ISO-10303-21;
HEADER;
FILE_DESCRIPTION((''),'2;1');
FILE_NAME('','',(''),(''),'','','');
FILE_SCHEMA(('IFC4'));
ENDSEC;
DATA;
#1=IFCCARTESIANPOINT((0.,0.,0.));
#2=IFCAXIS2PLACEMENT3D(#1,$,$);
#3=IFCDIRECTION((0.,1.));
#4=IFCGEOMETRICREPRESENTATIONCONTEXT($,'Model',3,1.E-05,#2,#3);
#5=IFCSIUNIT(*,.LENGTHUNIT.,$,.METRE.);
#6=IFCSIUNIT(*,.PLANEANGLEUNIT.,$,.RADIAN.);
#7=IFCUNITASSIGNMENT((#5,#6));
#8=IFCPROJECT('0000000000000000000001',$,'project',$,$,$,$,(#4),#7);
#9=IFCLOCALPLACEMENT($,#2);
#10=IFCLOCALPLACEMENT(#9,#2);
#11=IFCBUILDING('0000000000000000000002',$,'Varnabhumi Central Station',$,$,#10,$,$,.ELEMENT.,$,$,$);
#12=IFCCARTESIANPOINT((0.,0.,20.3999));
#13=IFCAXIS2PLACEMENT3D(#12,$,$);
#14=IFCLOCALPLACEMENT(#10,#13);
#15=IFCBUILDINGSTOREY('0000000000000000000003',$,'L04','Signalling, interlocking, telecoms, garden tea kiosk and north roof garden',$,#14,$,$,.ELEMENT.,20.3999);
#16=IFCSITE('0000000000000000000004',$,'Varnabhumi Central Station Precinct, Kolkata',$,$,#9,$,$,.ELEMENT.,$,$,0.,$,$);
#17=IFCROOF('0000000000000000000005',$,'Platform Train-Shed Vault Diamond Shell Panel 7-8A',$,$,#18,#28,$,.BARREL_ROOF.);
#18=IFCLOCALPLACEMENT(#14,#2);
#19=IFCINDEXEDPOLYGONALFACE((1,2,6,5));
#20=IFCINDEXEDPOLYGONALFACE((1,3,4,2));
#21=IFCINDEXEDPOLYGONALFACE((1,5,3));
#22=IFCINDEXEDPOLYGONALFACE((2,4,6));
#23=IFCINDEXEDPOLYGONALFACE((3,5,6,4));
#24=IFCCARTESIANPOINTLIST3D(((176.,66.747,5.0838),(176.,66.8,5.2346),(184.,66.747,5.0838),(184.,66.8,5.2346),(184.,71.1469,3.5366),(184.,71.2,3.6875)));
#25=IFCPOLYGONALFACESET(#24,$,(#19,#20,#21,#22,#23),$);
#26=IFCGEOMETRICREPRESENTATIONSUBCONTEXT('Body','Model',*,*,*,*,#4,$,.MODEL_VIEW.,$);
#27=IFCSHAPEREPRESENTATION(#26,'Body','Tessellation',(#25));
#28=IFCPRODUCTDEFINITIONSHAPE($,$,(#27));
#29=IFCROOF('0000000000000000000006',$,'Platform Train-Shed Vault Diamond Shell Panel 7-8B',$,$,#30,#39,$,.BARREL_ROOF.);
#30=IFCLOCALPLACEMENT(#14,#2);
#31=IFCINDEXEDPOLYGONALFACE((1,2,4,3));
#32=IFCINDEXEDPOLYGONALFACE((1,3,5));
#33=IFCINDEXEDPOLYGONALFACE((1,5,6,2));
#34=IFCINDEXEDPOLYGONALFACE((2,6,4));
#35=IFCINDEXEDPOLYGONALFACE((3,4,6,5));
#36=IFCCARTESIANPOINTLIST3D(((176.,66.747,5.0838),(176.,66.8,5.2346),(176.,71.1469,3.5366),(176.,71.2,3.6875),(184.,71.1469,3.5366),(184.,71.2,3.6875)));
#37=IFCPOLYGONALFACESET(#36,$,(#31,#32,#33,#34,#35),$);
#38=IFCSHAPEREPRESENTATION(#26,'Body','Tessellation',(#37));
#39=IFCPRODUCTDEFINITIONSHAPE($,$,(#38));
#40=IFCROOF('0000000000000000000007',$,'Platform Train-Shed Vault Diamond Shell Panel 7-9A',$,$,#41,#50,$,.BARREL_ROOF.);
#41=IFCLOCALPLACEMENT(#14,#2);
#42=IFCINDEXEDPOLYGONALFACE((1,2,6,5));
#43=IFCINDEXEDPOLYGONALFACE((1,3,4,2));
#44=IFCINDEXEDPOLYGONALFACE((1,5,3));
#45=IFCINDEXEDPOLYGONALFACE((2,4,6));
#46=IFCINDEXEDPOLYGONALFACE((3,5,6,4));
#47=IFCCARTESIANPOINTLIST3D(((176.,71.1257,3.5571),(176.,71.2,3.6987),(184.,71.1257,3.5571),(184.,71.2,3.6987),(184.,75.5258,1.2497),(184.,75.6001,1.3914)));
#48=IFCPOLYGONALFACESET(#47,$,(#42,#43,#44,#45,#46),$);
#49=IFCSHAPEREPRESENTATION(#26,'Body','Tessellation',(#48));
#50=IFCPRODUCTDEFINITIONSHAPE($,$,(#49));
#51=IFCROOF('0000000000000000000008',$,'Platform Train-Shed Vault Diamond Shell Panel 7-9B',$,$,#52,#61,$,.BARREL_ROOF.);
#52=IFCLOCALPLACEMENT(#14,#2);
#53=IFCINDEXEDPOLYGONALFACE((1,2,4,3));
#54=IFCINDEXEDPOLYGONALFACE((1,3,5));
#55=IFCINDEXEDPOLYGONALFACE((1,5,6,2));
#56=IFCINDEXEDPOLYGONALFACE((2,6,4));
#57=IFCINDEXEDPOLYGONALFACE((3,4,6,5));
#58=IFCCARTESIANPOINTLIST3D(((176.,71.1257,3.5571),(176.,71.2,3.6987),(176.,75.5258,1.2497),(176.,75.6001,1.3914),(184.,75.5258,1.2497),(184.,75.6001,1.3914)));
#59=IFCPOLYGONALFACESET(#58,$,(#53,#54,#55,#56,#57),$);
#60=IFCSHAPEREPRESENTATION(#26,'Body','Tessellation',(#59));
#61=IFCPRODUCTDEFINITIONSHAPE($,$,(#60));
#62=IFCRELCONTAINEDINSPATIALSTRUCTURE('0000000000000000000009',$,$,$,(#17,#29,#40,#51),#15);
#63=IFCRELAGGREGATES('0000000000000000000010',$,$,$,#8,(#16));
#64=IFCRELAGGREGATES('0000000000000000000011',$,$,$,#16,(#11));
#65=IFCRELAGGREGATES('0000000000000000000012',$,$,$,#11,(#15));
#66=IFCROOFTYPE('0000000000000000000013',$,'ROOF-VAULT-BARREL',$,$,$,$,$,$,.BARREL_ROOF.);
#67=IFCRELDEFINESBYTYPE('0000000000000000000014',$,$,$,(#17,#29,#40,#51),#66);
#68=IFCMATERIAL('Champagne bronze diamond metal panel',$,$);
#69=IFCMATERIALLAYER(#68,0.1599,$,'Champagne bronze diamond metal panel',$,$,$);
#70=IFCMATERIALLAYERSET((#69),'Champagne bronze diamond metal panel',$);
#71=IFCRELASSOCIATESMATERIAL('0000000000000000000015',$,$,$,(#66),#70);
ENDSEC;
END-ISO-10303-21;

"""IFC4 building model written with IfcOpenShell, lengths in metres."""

from ifc_helpers import new_model, si_unit, direction, frame, origin, place, context, subcontext, project, spatial, polyline, outline, extrude, material, layer, layer_set, type_object, element, save


model = new_model("IFC4")

# Units and contexts
model_context = context("Model", 3, precision=1e-05, world=origin(), true_north=direction((0.0, 1.0)))
body_context = subcontext(model_context, "Body", "Model", "MODEL_VIEW")
ifc_project = project(units=[si_unit("LENGTHUNIT", "METRE"), si_unit("PLANEANGLEUNIT", "RADIAN")], contexts=[model_context])

# Site, building, storey
site_placement = place(None, origin())
site = spatial("IfcSite", under=ifc_project, at=site_placement, Name="Varnabhumi Central Station Precinct, Kolkata", CompositionType="ELEMENT", RefElevation=0.0)
building_placement = place(site_placement, origin())
building = spatial("IfcBuilding", under=site, at=building_placement, Name="Varnabhumi Central Station", CompositionType="ELEMENT")
storey_placement = place(building_placement, frame((0.0, 0.0, 20.3999)))
storey = spatial("IfcBuildingStorey", under=building, at=storey_placement, Name="L04", Description="Signalling, interlocking, telecoms, garden tea kiosk and north roof garden", CompositionType="ELEMENT", Elevation=20.3999)

# Roofs
ifc_material = material(Name="Champagne bronze diamond metal panel")
ifc_layer = layer(ifc_material, 0.1599, Name="Champagne bronze diamond metal panel")
ifc_layer_set = layer_set([ifc_layer], Name="Champagne bronze diamond metal panel")
roof_type = type_object("IfcRoofType", Name="ROOF-VAULT-BARREL", PredefinedType="BARREL_ROOF", material=ifc_layer_set)
roof_1_placement = place(storey_placement, frame((176.0, 66.8, 5.2346), z_axis=(0.0, 0.331716, 0.943379), x_axis=(1.0, 0.0, 0.0)))
element("IfcRoof", 1, at=roof_1_placement, inside=storey, type_object=roof_type, Name="Platform Train-Shed Vault Diamond Shell Panel 7-8A", PredefinedType="BARREL_ROOF", context=body_context, shape_type="SweptSolid", body=[
    extrude(outline(polyline([(0.0, 0.0), (8.0, 0.0), (8.0, 4.664), (0.0, 0.0)])), origin(), (0.0, 0.0, -1.0), 0.1599),
])
roof_2_placement = place(storey_placement, frame((176.0, 66.8, 5.2346), z_axis=(0.0, 0.331716, 0.943379), x_axis=(0.863905, 0.475137, -0.167071)))
element("IfcRoof", 2, at=roof_2_placement, inside=storey, type_object=roof_type, Name="Platform Train-Shed Vault Diamond Shell Panel 7-8B", PredefinedType="BARREL_ROOF", context=body_context, shape_type="SweptSolid", body=[
    extrude(outline(polyline([(0.0, 0.0), (9.2603, 0.0), (2.349, 4.0292), (0.0, 0.0)])), origin(), (0.0, 0.0, -1.0), 0.1599),
])
roof_3_placement = place(storey_placement, frame((176.0, 71.2, 3.6987), z_axis=(0.0, 0.464407, 0.885622), x_axis=(1.0, 0.0, 0.0)))
element("IfcRoof", 3, at=roof_3_placement, inside=storey, type_object=roof_type, Name="Platform Train-Shed Vault Diamond Shell Panel 7-9A", PredefinedType="BARREL_ROOF", context=body_context, shape_type="SweptSolid", body=[
    extrude(outline(polyline([(0.0, 0.0), (8.0, 0.0), (8.0, 4.9684), (0.0, 0.0)])), origin(), (0.0, 0.0, -1.0), 0.1599),
])
roof_4_placement = place(storey_placement, frame((176.0, 71.2, 3.6987), z_axis=(0.0, 0.464407, 0.885622), x_axis=(0.849502, 0.467242, -0.245015)))
element("IfcRoof", 4, at=roof_4_placement, inside=storey, type_object=roof_type, Name="Platform Train-Shed Vault Diamond Shell Panel 7-9B", PredefinedType="BARREL_ROOF", context=body_context, shape_type="SweptSolid", body=[
    extrude(outline(polyline([(0.0, 0.0), (9.4173, 0.0), (2.6213, 4.2207), (0.0, 0.0)])), origin(), (0.0, 0.0, -1.0), 0.1599),
])

save(model, "model.ifc")
